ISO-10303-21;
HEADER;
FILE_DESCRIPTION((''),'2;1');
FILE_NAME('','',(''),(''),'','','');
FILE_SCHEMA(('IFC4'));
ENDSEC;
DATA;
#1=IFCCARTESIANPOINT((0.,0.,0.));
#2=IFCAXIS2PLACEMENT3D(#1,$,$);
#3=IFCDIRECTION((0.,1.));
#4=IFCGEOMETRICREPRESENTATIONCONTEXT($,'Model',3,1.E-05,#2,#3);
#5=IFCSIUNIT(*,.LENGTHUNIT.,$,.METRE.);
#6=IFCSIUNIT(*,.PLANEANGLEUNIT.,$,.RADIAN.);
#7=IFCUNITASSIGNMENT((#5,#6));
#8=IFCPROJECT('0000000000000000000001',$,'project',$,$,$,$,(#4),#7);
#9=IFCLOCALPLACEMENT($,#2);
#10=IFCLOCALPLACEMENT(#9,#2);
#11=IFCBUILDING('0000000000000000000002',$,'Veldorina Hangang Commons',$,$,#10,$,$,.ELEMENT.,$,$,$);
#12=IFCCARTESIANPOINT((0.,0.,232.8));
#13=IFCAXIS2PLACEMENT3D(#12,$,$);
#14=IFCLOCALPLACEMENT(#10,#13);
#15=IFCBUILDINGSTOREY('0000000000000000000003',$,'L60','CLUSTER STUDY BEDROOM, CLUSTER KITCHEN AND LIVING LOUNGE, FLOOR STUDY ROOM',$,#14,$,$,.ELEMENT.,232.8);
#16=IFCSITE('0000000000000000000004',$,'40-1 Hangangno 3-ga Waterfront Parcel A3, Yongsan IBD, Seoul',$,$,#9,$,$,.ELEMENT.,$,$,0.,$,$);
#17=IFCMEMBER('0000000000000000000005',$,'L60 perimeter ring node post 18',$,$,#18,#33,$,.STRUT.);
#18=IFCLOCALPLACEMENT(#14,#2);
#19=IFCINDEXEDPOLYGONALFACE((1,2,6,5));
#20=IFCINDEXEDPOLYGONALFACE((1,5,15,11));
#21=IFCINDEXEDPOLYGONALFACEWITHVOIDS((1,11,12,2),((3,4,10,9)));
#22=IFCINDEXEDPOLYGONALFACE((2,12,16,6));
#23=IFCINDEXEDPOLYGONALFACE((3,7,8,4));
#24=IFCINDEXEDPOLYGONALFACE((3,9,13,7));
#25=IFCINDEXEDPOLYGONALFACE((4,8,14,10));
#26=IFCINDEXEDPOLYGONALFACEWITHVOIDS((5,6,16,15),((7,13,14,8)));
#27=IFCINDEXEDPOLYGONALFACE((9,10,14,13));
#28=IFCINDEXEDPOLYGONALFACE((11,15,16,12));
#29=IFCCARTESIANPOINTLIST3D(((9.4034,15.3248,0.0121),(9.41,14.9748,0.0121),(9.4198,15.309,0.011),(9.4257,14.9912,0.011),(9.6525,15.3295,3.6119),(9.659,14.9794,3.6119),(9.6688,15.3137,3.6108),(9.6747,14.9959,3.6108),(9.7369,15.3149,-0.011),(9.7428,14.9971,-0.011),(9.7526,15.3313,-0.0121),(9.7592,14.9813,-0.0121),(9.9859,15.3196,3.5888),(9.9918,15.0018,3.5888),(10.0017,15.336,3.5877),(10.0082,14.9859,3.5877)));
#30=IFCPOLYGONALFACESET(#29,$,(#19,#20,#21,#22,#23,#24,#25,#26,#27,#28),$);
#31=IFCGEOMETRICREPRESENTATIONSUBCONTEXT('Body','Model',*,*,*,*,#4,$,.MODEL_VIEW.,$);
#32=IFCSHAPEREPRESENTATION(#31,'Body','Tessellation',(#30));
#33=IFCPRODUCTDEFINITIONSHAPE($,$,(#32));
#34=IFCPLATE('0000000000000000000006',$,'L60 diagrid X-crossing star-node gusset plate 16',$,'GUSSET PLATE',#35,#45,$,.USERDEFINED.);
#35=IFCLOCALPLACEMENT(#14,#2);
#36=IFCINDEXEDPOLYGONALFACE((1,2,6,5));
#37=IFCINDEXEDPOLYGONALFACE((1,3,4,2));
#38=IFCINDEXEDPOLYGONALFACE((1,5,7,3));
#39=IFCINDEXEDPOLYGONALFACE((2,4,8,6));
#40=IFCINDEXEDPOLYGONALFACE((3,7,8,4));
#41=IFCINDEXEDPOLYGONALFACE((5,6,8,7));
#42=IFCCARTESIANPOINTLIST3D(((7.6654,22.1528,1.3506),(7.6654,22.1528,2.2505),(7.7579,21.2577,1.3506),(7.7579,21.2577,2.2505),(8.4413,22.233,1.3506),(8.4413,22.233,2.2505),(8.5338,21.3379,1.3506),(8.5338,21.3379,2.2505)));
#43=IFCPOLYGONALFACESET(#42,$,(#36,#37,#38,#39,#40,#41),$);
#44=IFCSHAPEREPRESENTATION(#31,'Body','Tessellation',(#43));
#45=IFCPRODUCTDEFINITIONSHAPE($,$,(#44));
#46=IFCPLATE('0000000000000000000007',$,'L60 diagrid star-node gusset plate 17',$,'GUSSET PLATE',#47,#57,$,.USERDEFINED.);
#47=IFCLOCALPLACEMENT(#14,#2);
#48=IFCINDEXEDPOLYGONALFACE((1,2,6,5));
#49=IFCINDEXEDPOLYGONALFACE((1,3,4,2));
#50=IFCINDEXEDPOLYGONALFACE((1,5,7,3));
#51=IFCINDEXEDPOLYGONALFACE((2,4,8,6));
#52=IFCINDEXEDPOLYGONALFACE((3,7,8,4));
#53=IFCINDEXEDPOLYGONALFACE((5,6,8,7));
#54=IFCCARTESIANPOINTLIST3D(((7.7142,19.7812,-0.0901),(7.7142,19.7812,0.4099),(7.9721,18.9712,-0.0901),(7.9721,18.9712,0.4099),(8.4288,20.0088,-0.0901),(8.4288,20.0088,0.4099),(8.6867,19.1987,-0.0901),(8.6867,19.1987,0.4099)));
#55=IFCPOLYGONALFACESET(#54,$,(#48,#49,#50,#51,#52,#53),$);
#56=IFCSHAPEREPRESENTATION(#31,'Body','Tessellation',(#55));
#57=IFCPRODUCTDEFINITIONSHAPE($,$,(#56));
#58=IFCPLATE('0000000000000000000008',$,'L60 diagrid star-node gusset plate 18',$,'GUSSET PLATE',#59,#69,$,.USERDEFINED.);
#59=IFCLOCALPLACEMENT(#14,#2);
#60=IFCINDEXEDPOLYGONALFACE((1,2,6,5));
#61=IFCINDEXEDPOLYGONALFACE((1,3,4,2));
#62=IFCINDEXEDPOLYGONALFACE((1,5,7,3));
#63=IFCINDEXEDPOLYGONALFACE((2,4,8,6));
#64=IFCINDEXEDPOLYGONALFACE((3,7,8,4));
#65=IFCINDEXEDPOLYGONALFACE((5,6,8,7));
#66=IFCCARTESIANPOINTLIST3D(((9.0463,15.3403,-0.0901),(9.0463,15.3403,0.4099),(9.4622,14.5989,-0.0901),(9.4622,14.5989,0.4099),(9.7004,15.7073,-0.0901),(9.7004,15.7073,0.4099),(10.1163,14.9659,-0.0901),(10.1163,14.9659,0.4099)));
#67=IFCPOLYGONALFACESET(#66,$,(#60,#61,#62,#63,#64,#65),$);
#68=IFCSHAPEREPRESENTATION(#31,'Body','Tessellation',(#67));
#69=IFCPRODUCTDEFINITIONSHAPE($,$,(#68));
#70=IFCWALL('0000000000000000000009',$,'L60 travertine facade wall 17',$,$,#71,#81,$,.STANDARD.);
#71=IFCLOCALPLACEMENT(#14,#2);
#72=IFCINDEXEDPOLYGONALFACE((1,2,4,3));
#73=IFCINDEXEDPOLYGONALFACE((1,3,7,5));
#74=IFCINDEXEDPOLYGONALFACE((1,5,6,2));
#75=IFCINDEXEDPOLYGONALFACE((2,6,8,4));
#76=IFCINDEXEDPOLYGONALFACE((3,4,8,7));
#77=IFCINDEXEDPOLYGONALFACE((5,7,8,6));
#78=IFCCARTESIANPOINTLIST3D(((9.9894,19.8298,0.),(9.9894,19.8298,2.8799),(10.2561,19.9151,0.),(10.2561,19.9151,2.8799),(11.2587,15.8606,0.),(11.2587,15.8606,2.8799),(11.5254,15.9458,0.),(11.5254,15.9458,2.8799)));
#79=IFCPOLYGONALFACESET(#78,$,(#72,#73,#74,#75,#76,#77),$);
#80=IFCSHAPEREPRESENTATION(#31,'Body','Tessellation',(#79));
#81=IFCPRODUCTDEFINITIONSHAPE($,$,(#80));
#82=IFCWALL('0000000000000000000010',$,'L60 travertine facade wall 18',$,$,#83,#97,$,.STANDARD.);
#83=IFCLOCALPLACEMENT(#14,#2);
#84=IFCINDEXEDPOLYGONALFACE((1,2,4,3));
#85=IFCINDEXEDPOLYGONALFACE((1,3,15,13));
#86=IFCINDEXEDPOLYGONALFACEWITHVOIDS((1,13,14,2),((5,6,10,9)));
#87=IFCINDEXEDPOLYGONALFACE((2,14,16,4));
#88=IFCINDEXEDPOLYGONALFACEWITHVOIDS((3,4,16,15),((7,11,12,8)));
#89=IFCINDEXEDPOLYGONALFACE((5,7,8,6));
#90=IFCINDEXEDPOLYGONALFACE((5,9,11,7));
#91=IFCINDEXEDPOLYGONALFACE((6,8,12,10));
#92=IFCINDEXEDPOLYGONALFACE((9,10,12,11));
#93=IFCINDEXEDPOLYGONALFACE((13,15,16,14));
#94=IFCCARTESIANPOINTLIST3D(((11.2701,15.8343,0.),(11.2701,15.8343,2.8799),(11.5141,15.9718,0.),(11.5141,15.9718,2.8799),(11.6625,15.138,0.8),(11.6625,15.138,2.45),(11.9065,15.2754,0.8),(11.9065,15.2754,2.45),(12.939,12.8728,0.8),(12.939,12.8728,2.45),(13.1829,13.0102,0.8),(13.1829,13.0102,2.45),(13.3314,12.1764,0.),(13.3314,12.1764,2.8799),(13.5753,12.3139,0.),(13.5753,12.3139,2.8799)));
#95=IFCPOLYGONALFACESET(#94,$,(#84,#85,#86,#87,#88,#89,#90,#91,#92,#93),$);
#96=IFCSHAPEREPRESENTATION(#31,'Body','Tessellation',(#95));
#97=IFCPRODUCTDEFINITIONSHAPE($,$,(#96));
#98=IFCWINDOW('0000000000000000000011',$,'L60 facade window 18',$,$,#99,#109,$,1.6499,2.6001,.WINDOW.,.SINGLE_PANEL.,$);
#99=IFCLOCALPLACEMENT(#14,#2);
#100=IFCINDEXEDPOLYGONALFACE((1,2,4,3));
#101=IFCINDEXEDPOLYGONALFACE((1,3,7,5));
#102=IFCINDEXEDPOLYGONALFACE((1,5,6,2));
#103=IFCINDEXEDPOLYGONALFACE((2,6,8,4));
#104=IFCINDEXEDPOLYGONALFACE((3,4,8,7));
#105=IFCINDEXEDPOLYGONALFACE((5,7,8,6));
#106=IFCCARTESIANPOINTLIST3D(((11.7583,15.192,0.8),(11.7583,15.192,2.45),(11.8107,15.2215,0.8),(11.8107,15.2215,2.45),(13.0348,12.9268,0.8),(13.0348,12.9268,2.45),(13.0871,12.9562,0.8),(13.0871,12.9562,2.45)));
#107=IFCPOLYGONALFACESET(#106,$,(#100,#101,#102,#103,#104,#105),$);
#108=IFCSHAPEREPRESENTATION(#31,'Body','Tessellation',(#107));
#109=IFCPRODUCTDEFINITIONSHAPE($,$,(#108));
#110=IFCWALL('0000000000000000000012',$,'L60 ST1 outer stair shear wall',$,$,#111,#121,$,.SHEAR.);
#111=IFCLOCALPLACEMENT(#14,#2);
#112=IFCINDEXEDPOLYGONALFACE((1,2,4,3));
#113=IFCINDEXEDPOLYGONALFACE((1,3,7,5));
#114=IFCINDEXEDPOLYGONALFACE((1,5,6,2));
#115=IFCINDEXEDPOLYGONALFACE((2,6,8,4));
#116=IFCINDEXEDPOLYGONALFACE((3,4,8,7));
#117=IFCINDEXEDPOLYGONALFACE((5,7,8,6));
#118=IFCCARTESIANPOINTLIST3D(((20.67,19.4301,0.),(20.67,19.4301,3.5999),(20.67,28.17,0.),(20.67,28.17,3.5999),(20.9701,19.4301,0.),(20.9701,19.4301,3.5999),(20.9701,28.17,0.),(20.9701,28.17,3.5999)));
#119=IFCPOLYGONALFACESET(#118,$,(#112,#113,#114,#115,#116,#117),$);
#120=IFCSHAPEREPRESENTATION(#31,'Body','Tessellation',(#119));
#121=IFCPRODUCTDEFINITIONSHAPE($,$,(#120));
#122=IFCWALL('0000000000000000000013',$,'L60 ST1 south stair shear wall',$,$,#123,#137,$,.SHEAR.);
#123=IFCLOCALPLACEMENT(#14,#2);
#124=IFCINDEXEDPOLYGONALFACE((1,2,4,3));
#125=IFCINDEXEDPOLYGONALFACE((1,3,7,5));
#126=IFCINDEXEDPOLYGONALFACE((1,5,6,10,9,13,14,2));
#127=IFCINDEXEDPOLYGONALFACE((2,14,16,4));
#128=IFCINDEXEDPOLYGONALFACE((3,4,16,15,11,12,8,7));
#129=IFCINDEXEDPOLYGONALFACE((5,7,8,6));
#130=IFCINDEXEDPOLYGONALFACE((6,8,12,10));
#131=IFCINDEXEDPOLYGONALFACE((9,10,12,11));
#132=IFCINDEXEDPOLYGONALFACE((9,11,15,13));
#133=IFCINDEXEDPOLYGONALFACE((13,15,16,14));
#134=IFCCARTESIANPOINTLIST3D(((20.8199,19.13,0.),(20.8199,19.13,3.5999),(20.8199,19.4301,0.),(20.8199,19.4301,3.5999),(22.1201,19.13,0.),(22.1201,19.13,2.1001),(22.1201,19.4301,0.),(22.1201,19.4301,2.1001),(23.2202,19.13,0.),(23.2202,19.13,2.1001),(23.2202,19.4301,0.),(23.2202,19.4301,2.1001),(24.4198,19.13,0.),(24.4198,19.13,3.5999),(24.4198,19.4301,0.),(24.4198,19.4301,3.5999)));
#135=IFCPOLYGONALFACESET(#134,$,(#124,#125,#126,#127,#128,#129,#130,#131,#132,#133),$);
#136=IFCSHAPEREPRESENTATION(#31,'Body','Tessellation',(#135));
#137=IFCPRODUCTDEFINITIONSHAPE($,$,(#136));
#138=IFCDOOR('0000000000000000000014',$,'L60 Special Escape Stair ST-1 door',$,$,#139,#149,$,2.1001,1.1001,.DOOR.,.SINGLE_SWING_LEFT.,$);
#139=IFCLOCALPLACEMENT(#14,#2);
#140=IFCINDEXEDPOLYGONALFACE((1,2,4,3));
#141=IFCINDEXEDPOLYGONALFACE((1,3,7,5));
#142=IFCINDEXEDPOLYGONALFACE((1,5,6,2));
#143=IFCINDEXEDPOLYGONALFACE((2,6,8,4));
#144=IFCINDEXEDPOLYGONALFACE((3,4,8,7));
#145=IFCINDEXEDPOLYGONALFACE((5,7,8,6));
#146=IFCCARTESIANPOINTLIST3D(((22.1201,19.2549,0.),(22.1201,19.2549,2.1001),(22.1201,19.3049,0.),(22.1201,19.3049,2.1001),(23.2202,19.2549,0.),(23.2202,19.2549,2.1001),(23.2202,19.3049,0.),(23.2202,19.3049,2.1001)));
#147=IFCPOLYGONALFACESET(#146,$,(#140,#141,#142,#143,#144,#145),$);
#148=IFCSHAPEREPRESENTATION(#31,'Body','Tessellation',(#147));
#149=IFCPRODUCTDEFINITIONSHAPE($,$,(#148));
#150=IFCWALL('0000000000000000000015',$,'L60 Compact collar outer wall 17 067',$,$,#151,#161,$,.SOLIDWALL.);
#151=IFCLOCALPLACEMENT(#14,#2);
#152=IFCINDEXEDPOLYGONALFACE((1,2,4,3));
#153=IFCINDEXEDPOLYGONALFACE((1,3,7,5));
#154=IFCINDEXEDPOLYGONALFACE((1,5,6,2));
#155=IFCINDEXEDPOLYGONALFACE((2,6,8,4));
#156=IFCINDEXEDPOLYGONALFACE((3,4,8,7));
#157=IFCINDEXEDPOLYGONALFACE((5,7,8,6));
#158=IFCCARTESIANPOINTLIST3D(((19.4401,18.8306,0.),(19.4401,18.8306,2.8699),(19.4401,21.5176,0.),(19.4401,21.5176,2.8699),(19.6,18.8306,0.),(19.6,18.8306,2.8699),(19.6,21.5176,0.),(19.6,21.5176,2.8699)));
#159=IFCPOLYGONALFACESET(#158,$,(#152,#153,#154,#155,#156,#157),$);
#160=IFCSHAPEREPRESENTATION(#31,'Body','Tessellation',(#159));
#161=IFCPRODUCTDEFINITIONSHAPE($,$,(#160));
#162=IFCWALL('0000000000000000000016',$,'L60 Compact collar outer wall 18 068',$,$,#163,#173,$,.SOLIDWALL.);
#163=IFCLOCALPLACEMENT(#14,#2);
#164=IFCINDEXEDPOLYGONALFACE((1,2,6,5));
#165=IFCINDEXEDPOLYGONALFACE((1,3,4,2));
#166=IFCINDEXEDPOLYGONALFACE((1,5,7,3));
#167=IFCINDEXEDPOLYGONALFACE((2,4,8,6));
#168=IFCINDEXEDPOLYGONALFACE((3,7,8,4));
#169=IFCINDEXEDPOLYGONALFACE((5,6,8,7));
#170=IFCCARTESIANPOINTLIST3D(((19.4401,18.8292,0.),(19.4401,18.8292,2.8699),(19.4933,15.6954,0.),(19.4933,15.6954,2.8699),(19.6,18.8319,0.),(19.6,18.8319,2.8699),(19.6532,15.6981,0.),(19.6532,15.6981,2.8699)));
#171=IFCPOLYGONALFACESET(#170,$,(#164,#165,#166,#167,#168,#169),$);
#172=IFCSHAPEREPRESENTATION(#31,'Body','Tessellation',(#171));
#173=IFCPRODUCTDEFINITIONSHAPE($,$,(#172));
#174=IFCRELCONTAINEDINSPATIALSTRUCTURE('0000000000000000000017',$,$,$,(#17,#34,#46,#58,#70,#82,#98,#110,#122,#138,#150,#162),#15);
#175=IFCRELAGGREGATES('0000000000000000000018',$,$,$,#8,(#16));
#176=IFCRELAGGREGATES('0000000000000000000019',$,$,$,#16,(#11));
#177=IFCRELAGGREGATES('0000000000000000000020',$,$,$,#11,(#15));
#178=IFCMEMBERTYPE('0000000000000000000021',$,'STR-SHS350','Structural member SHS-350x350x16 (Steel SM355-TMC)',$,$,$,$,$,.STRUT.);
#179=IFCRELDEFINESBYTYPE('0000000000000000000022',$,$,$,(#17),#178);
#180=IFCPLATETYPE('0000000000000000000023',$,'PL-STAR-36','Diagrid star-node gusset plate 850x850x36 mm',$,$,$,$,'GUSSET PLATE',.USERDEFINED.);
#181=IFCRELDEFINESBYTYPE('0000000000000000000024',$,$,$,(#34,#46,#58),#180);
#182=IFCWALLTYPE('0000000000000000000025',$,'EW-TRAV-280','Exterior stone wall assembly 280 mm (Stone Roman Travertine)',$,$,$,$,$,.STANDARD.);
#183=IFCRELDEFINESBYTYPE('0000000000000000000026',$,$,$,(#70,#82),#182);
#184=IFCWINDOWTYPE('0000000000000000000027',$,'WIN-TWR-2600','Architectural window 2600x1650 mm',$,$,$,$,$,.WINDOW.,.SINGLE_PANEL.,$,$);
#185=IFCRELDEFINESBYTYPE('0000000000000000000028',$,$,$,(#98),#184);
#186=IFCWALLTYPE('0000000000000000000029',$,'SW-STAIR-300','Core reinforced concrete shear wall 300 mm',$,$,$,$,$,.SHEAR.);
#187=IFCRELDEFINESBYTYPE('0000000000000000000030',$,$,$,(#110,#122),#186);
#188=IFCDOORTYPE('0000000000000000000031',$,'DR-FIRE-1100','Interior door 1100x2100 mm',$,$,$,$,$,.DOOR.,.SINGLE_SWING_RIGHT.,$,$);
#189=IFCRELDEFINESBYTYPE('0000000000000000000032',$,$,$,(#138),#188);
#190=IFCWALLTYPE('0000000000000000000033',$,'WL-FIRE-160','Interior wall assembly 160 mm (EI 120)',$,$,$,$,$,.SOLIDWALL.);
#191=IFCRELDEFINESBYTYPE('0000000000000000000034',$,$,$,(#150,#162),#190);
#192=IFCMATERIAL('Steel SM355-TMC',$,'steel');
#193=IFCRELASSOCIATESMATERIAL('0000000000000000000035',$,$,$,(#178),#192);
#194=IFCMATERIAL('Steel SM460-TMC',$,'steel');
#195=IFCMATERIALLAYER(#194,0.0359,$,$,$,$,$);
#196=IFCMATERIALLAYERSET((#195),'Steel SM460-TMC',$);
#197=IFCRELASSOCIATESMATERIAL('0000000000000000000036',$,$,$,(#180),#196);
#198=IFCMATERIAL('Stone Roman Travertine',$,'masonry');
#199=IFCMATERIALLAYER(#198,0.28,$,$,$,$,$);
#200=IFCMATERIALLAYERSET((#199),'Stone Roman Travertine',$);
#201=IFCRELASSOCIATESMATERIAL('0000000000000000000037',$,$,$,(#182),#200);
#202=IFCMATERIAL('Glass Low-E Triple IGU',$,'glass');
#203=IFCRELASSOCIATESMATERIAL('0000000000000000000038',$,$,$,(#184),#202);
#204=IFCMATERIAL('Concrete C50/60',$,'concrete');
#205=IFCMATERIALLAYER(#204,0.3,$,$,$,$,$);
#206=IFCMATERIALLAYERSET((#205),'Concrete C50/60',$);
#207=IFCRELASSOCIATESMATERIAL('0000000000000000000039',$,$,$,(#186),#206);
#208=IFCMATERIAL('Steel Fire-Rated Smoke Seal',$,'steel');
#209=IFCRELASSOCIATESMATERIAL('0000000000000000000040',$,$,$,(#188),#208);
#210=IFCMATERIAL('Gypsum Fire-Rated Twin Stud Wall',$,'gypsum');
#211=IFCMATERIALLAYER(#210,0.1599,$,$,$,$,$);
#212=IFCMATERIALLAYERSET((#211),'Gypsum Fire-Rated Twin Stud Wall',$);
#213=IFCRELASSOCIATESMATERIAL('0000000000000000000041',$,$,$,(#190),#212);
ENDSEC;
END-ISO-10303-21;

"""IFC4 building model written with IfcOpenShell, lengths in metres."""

from ifc_helpers import new_model, si_unit, direction, frame, frame_2d, origin, origin_2d, place, context, subcontext, project, spatial, rectangle, hollow_rectangle, extrude, material, layer, layer_set, material_profile, profile_set, type_object, element, fill, save


model = new_model("IFC4")

# Units and contexts
model_context = context("Model", 3, precision=1e-05, world=origin(), true_north=direction((0.0, 1.0)))
body_context = subcontext(model_context, "Body", "Model", "MODEL_VIEW")
ifc_project = project(units=[si_unit("LENGTHUNIT", "METRE"), si_unit("PLANEANGLEUNIT", "RADIAN")], contexts=[model_context])

# Site, building, storey
site_placement = place(None, origin())
site = spatial("IfcSite", under=ifc_project, at=site_placement, Name="40-1 Hangangno 3-ga Waterfront Parcel A3, Yongsan IBD, Seoul", CompositionType="ELEMENT", RefElevation=0.0)
building_placement = place(site_placement, origin())
building = spatial("IfcBuilding", under=site, at=building_placement, Name="Veldorina Hangang Commons", CompositionType="ELEMENT")
storey_placement = place(building_placement, frame((0.0, 0.0, 232.8)))
storey = spatial("IfcBuildingStorey", under=building, at=storey_placement, Name="L60", Description="CLUSTER STUDY BEDROOM, CLUSTER KITCHEN AND LIVING LOUNGE, FLOOR STUDY ROOM", CompositionType="ELEMENT", Elevation=232.8)

# Shared definitions
ifc_material_1 = material(Name="Steel SM355-TMC", Category="steel")

# Member
ifc_material_profile_1 = material_profile(ifc_material_1, hollow_rectangle(XDim=0.3501, YDim=0.3501, WallThickness=0.0161, at=origin_2d()), Name="SHS-350x350x16")
ifc_profile_set_1 = profile_set([ifc_material_profile_1], Name="Steel SM355-TMC")
member_type_1 = type_object("IfcMemberType", Name="STR-SHS350", Description="Structural member SHS-350x350x16 (Steel SM355-TMC)", PredefinedType="STRUT", material=ifc_profile_set_1)
member_1_placement = place(storey_placement, frame((9.5813, 15.1531, 0.0), z_axis=(0.069011, 0.001285, 0.997615), x_axis=(-0.018624, 0.999827, 0.0)))
element("IfcMember", 1, at=member_1_placement, inside=storey, type_object=member_type_1, Name="L60 perimeter ring node post 18", PredefinedType="STRUT", context=body_context, shape_type="SweptSolid", body=[
    extrude(hollow_rectangle(XDim=0.3501, YDim=0.3501, WallThickness=0.0161, at=origin_2d()), origin(), (0.0, 0.0, 1.0), 3.6084),
])

# Plates
ifc_material_2 = material(Name="Steel SM460-TMC", Category="steel")
ifc_layer_1 = layer(ifc_material_2, 0.0359)
ifc_layer_set_1 = layer_set([ifc_layer_1], Name="Steel SM460-TMC")
plate_type = type_object("IfcPlateType", Name="PL-STAR-36", Description="Diagrid star-node gusset plate 850x850x36 mm", ElementType="GUSSET PLATE", PredefinedType="USERDEFINED", material=ifc_layer_set_1)
plate_placement = place(storey_placement, frame((8.0996, 21.7454, 1.3506), z_axis=(0.0, 0.0, 1.0), x_axis=(0.102845, -0.994697, 0.0)))
element("IfcPlate", 2, at=plate_placement, inside=storey, type_object=plate_type, Name="L60 diagrid X-crossing star-node gusset plate 16", ObjectType="GUSSET PLATE", PredefinedType="USERDEFINED", context=body_context, shape_type="SweptSolid", body=[
    extrude(rectangle(XDim=0.8999, YDim=0.78, at=origin_2d()), origin(), (0.0, 0.0, 1.0), 0.8999),
])
for number, where, z_axis, x_axis, name in (
    (3, (8.2004, 19.49, -0.0901), (0.0, 0.0, 1.0), (0.303385, -0.952868, 0.0), "L60 diagrid star-node gusset plate 17"),
    (4, (9.5813, 15.1531, -0.0901), (0.0, 0.0, 1.0), (0.489306, -0.872112, 0.0), "L60 diagrid star-node gusset plate 18"),
):
    element("IfcPlate", number, at=place(storey_placement, frame(where, z_axis=z_axis, x_axis=x_axis)), inside=storey, type_object=plate_type, Name=name, ObjectType="GUSSET PLATE", PredefinedType="USERDEFINED", context=body_context, shape_type="SweptSolid", body=[
        extrude(rectangle(XDim=0.8501, YDim=0.75, at=origin_2d()), origin(), (0.0, 0.0, 1.0), 0.5),
    ])

# Wall
ifc_material_3 = material(Name="Stone Roman Travertine", Category="masonry")
ifc_layer_2 = layer(ifc_material_3, 0.28)
ifc_layer_set_2 = layer_set([ifc_layer_2], Name="Stone Roman Travertine")
wall_type_1 = type_object("IfcWallType", Name="EW-TRAV-280", Description="Exterior stone wall assembly 280 mm (Stone Roman Travertine)", PredefinedType="STANDARD", material=ifc_layer_set_2)
wall_1_placement = place(storey_placement, frame((10.1228, 19.8723, 0.0), z_axis=(0.0, 0.0, 1.0), x_axis=(0.304587, -0.952485, 0.0)))
element("IfcWall", 5, at=wall_1_placement, inside=storey, type_object=wall_type_1, Name="L60 travertine facade wall 17", PredefinedType="STANDARD", context=body_context, shape_type="SweptSolid", body=[
    extrude(rectangle(XDim=4.1672, YDim=0.28, at=frame_2d((2.0835, 0.0))), origin(), (0.0, 0.0, 1.0), 2.8799),
])

# Wall, opening, window
wall_2_placement = place(storey_placement, frame((11.3921, 15.9031, 0.0), z_axis=(0.0, 0.0, 1.0), x_axis=(0.490926, -0.871201, 0.0)))
wall_2 = element("IfcWall", 6, at=wall_2_placement, inside=storey, type_object=wall_type_1, Name="L60 travertine facade wall 18", PredefinedType="STANDARD", context=body_context, shape_type="SweptSolid", body=[
    extrude(rectangle(XDim=4.1987, YDim=0.28, at=frame_2d((2.0994, 0.0))), origin(), (0.0, 0.0, 1.0), 2.8799),
])
opening_1_placement = place(wall_2_placement, frame((0.7993, 0.0, 0.8)))
opening_1 = element("IfcOpeningElement", 7, at=opening_1_placement, cuts=wall_2, PredefinedType="OPENING", context=body_context, shape_type="SweptSolid", body=[
    extrude(rectangle(XDim=2.6001, YDim=1.6499, at=frame_2d((1.3, 0.825))), frame((0.0, 0.1499, 0.0), z_axis=(0.0, -1.0, 0.0), x_axis=(1.0, 0.0, 0.0)), (0.0, 0.0, 1.0), 0.3),
])
ifc_material_4 = material(Name="Glass Low-E Triple IGU", Category="glass")
window_type = type_object("IfcWindowType", Name="WIN-TWR-2600", Description="Architectural window 2600x1650 mm", PartitioningType="SINGLE_PANEL", PredefinedType="WINDOW", material=ifc_material_4)
window_placement = place(opening_1_placement, origin())
window = element("IfcWindow", 8, at=window_placement, inside=storey, type_object=window_type, Name="L60 facade window 18", OverallHeight=1.6499, OverallWidth=2.6001, PartitioningType="SINGLE_PANEL", PredefinedType="WINDOW", context=body_context, shape_type="SweptSolid", body=[
    extrude(rectangle(XDim=2.6001, YDim=1.6499, at=frame_2d((1.3, 0.825))), frame((0.0, 0.03, 0.0), z_axis=(0.0, -1.0, 0.0), x_axis=(1.0, 0.0, 0.0)), (0.0, 0.0, 1.0), 0.0601),
])
fill(opening_1, window)

# Wall
ifc_material_5 = material(Name="Concrete C50/60", Category="concrete")
ifc_layer_3 = layer(ifc_material_5, 0.3)
ifc_layer_set_3 = layer_set([ifc_layer_3], Name="Concrete C50/60")
wall_type_2 = type_object("IfcWallType", Name="SW-STAIR-300", Description="Core reinforced concrete shear wall 300 mm", PredefinedType="SHEAR", material=ifc_layer_set_3)
wall_3_placement = place(storey_placement, frame((20.8201, 19.4299, 0.0), z_axis=(0.0, 0.0, 1.0), x_axis=(0.0, 1.0, 0.0)))
element("IfcWall", 9, at=wall_3_placement, inside=storey, type_object=wall_type_2, Name="L60 ST1 outer stair shear wall", PredefinedType="SHEAR", context=body_context, shape_type="SweptSolid", body=[
    extrude(rectangle(XDim=8.74, YDim=0.3, at=frame_2d((4.3701, 0.0))), origin(), (0.0, 0.0, 1.0), 3.5999),
])

# Wall, opening, door
wall_4_placement = place(storey_placement, frame((20.8201, 19.28, 0.0), z_axis=(0.0, 0.0, 1.0), x_axis=(1.0, 0.0, 0.0)))
wall_4 = element("IfcWall", 10, at=wall_4_placement, inside=storey, type_object=wall_type_2, Name="L60 ST1 south stair shear wall", PredefinedType="SHEAR", context=body_context, shape_type="SweptSolid", body=[
    extrude(rectangle(XDim=3.5999, YDim=0.3, at=frame_2d((1.7998, 0.0))), origin(), (0.0, 0.0, 1.0), 3.5999),
])
opening_2_placement = place(wall_4_placement, frame((1.3, 0.0, 0.0)))
opening_2 = element("IfcOpeningElement", 11, at=opening_2_placement, cuts=wall_4, PredefinedType="OPENING", context=body_context, shape_type="SweptSolid", body=[
    extrude(rectangle(XDim=1.1001, YDim=2.1001, at=frame_2d((0.55, 1.05))), frame((0.0, 0.1602, 0.0), z_axis=(0.0, -1.0, 0.0), x_axis=(1.0, 0.0, 0.0)), (0.0, 0.0, 1.0), 0.3201),
])
ifc_material_6 = material(Name="Steel Fire-Rated Smoke Seal", Category="steel")
door_type_1 = type_object("IfcDoorType", Name="DR-FIRE-1100", Description="Interior door 1100x2100 mm", OperationType="SINGLE_SWING_RIGHT", PredefinedType="DOOR", material=ifc_material_6)
door_1_placement = place(opening_2_placement, origin())
door_1 = element("IfcDoor", 12, at=door_1_placement, inside=storey, type_object=door_type_1, Name="L60 Special Escape Stair ST-1 door", OperationType="SINGLE_SWING_LEFT", OverallHeight=2.1001, OverallWidth=1.1001, PredefinedType="DOOR", context=body_context, shape_type="SweptSolid", body=[
    extrude(rectangle(XDim=1.1001, YDim=2.1001, at=frame_2d((0.55, 1.05))), frame((0.0, 0.0249, 0.0), z_axis=(0.0, -1.0, 0.0), x_axis=(1.0, 0.0, 0.0)), (0.0, 0.0, 1.0), 0.05),
])
fill(opening_2, door_1)

# Walls
ifc_material_7 = material(Name="Gypsum Fire-Rated Twin Stud Wall", Category="gypsum")
ifc_layer_4 = layer(ifc_material_7, 0.1599)
ifc_layer_set_4 = layer_set([ifc_layer_4], Name="Gypsum Fire-Rated Twin Stud Wall")
wall_type_3 = type_object("IfcWallType", Name="WL-FIRE-160", Description="Interior wall assembly 160 mm (EI 120)", PredefinedType="SOLIDWALL", material=ifc_layer_set_4)
wall_5_placement = place(storey_placement, frame((19.52, 21.5176, 0.0), z_axis=(0.0, 0.0, 1.0), x_axis=(0.0, -1.0, 0.0)))
element("IfcWall", 13, at=wall_5_placement, inside=storey, type_object=wall_type_3, Name="L60 Compact collar outer wall 17 067", PredefinedType="SOLIDWALL", context=body_context, shape_type="SweptSolid", body=[
    extrude(rectangle(XDim=2.687, YDim=0.1599, at=frame_2d((1.3435, 0.0))), origin(), (0.0, 0.0, 1.0), 2.8699),
])
wall_6_placement = place(storey_placement, frame((19.52, 18.8306, 0.0), z_axis=(0.0, 0.0, 1.0), x_axis=(0.016981, -0.999856, 0.0)))
element("IfcWall", 14, at=wall_6_placement, inside=storey, type_object=wall_type_3, Name="L60 Compact collar outer wall 18 068", PredefinedType="SOLIDWALL", context=body_context, shape_type="SweptSolid", body=[
    extrude(rectangle(XDim=3.1343, YDim=0.1599, at=frame_2d((1.5671, 0.0))), origin(), (0.0, 0.0, 1.0), 2.8699),
])

save(model, "model.ifc")
